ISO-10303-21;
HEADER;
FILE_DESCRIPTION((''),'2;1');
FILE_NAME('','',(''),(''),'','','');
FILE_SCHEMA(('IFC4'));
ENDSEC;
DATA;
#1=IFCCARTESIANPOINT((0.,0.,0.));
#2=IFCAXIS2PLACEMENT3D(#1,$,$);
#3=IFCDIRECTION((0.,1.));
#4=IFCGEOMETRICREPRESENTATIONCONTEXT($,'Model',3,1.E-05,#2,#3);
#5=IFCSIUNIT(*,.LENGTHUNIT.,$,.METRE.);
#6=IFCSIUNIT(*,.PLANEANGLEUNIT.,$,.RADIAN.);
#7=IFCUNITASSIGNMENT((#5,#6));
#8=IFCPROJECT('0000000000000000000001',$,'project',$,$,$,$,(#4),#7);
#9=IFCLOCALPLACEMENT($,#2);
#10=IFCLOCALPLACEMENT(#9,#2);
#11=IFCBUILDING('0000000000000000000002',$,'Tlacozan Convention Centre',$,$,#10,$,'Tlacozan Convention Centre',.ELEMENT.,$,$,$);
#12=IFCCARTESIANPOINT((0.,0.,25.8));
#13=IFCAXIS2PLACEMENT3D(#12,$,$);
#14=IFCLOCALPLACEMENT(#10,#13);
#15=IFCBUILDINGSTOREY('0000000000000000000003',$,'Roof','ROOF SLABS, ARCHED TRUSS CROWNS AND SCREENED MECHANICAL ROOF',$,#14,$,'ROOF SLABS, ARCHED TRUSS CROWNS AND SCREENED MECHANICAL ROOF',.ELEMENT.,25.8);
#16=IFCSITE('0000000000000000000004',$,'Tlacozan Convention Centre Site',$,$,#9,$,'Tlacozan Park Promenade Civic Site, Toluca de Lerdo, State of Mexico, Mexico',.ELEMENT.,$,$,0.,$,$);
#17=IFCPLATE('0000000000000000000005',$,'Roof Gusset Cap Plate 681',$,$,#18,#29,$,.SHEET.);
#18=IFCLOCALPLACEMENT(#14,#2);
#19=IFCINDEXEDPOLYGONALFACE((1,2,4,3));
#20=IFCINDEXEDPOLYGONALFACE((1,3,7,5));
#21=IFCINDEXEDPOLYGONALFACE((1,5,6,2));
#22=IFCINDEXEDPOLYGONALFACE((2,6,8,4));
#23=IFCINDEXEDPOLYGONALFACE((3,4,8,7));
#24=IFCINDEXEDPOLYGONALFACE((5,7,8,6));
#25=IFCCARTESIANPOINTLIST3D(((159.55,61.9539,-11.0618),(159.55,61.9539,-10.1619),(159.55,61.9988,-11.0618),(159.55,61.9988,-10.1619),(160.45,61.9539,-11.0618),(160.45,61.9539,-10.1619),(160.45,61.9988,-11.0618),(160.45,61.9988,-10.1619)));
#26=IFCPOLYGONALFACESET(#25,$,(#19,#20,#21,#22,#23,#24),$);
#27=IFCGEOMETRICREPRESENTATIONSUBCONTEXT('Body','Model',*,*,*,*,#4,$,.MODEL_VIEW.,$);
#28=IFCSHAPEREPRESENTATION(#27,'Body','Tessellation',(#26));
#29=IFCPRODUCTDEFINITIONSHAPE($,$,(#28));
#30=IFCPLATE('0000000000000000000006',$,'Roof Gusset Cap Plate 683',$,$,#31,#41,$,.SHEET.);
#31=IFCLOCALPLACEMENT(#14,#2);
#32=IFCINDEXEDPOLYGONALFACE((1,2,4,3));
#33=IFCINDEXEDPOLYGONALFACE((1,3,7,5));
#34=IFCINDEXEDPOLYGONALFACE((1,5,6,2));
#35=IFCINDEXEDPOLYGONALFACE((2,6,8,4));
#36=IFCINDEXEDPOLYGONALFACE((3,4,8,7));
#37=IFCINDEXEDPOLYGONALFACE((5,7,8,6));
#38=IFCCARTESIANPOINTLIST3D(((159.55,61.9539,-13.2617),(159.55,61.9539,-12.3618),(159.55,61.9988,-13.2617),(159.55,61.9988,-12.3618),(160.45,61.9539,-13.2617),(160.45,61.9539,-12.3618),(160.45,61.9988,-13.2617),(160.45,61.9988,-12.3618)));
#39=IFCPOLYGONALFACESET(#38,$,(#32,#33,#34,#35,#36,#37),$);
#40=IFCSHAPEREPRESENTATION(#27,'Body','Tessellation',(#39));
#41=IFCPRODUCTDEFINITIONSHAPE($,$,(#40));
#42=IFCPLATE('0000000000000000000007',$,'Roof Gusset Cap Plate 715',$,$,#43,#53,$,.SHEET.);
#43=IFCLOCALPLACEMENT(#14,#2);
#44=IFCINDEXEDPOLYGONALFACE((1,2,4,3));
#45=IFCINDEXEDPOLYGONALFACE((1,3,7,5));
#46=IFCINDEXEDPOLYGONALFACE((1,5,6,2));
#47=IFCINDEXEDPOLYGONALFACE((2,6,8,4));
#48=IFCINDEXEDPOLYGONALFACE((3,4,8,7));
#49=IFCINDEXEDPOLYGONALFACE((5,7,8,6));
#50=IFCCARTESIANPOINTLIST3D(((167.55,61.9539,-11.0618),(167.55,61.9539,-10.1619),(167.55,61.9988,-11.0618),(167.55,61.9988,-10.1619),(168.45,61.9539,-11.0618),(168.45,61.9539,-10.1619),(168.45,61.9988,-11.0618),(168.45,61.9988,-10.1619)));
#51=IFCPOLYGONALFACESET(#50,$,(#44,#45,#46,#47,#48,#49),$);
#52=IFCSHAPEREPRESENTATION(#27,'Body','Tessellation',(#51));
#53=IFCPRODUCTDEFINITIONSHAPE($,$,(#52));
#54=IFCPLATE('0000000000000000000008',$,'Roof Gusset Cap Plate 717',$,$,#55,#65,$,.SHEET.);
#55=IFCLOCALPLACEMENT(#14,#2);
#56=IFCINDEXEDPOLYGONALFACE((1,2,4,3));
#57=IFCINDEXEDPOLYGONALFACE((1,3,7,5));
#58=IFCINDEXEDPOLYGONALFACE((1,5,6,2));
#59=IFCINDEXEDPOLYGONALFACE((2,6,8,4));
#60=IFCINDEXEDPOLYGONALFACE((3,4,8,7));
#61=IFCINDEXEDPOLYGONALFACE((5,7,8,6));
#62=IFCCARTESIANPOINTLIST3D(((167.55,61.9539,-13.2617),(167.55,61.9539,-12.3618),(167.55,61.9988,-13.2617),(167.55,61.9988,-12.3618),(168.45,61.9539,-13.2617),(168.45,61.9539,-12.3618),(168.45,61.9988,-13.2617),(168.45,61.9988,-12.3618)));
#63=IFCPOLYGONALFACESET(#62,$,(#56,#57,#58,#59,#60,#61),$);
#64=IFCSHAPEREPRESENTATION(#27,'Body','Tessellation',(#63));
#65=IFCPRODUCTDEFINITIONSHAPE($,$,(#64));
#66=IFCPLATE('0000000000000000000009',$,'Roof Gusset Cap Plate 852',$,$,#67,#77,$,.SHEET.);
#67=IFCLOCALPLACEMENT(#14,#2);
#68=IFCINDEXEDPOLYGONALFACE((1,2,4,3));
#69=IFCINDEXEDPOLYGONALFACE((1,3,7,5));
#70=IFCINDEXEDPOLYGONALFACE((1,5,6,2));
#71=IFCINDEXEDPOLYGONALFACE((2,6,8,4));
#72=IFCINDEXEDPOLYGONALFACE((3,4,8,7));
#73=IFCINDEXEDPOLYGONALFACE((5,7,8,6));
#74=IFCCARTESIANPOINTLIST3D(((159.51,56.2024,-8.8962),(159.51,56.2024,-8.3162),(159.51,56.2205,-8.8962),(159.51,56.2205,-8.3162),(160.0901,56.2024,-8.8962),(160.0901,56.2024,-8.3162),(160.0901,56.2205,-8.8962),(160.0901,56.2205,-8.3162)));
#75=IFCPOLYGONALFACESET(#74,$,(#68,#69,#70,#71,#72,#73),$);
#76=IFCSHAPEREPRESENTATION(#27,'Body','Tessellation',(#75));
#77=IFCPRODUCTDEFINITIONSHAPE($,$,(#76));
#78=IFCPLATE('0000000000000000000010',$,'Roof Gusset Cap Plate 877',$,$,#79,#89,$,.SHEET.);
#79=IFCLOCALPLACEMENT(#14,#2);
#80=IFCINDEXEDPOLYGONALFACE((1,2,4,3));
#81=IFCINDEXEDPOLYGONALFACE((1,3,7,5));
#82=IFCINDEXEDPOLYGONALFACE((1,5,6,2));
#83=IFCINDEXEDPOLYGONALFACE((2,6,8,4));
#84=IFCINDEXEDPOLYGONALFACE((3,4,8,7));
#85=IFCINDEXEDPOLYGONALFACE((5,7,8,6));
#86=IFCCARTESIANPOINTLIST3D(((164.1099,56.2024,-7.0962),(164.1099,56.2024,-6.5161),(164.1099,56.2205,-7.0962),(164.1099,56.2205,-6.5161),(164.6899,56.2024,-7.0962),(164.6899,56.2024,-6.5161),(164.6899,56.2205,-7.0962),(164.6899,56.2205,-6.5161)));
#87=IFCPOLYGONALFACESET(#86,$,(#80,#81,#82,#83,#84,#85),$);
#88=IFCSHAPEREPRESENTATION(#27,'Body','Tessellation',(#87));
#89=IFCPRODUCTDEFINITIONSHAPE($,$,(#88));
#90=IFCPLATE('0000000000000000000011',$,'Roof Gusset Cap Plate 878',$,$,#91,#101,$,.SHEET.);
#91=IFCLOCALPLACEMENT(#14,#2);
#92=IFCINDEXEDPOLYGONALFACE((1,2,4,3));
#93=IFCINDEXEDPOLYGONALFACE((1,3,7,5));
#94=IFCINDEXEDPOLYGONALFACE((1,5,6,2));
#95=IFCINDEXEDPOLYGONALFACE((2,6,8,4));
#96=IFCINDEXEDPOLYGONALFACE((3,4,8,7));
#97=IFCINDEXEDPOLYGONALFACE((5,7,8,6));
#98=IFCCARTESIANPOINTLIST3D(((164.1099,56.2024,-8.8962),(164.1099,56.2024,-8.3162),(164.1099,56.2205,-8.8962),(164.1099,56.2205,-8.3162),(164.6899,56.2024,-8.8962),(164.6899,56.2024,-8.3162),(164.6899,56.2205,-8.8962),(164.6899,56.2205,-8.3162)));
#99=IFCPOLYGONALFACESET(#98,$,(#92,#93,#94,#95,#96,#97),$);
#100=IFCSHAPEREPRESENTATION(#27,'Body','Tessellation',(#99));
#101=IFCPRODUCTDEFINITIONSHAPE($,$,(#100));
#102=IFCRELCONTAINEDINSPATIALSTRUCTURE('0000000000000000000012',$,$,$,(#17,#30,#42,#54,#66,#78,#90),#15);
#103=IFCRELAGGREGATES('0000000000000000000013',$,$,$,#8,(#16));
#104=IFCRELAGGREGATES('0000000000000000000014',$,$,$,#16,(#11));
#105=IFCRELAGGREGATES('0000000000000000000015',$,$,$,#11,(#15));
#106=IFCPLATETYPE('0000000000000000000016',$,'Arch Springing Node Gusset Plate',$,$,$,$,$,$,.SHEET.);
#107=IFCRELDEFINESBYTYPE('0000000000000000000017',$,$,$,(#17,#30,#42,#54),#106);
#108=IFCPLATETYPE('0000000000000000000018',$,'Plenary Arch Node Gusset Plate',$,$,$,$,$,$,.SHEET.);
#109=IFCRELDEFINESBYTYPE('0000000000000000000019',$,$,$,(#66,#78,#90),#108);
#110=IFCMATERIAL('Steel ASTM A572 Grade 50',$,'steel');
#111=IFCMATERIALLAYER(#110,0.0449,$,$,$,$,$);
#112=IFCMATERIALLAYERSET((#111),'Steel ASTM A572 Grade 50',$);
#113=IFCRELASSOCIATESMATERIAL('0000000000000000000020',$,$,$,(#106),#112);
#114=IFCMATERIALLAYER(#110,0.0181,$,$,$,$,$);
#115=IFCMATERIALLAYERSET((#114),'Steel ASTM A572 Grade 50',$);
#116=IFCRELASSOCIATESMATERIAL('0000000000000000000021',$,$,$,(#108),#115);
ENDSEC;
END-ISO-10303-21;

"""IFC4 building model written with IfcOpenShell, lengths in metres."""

from ifc_helpers import new_model, si_unit, direction, frame, origin, origin_2d, place, context, subcontext, project, spatial, rectangle, extrude, material, layer, layer_set, type_object, element, save


model = new_model("IFC4")

# Units and contexts
model_context = context("Model", 3, precision=1e-05, world=origin(), true_north=direction((0.0, 1.0)))
body_context = subcontext(model_context, "Body", "Model", "MODEL_VIEW")
ifc_project = project(units=[si_unit("LENGTHUNIT", "METRE"), si_unit("PLANEANGLEUNIT", "RADIAN")], contexts=[model_context])

# Site, building, storey
site_placement = place(None, origin())
site = spatial("IfcSite", under=ifc_project, at=site_placement, Name="Tlacozan Convention Centre Site", LongName="Tlacozan Park Promenade Civic Site, Toluca de Lerdo, State of Mexico, Mexico", CompositionType="ELEMENT", RefElevation=0.0)
building_placement = place(site_placement, origin())
building = spatial("IfcBuilding", under=site, at=building_placement, Name="Tlacozan Convention Centre", LongName="Tlacozan Convention Centre", CompositionType="ELEMENT")
storey_placement = place(building_placement, frame((0.0, 0.0, 25.8)))
storey = spatial("IfcBuildingStorey", under=building, at=storey_placement, Name="Roof", Description="ROOF SLABS, ARCHED TRUSS CROWNS AND SCREENED MECHANICAL ROOF", LongName="ROOF SLABS, ARCHED TRUSS CROWNS AND SCREENED MECHANICAL ROOF", CompositionType="ELEMENT", Elevation=25.8)

# Plates
ifc_material_1 = material(Name="Steel ASTM A572 Grade 50", Category="steel")
ifc_layer_1 = layer(ifc_material_1, 0.0449)
ifc_layer_set_1 = layer_set([ifc_layer_1], Name="Steel ASTM A572 Grade 50")
plate_type_1 = type_object("IfcPlateType", Name="Arch Springing Node Gusset Plate", PredefinedType="SHEET", material=ifc_layer_set_1)
for number, where, z_axis, x_axis, name in (
    (1, (160.0, 61.9763, -11.0618), (0.0, 0.0, 1.0), (0.0, 1.0, 0.0), "Roof Gusset Cap Plate 681"),
    (2, (160.0, 61.9763, -13.2617), (0.0, 0.0, 1.0), (0.0, 1.0, 0.0), "Roof Gusset Cap Plate 683"),
    (3, (168.0, 61.9763, -11.0618), (0.0, 0.0, 1.0), (0.0, 1.0, 0.0), "Roof Gusset Cap Plate 715"),
    (4, (168.0, 61.9763, -13.2617), (0.0, 0.0, 1.0), (0.0, 1.0, 0.0), "Roof Gusset Cap Plate 717"),
):
    element("IfcPlate", number, at=place(storey_placement, frame(where, z_axis=z_axis, x_axis=x_axis)), inside=storey, type_object=plate_type_1, Name=name, PredefinedType="SHEET", context=body_context, shape_type="SweptSolid", body=[
        extrude(rectangle(XDim=0.0449, YDim=0.8999, at=origin_2d()), origin(), (0.0, 0.0, 1.0), 0.8999),
    ])
ifc_layer_2 = layer(ifc_material_1, 0.0181)
ifc_layer_set_2 = layer_set([ifc_layer_2], Name="Steel ASTM A572 Grade 50")
plate_type_2 = type_object("IfcPlateType", Name="Plenary Arch Node Gusset Plate", PredefinedType="SHEET", material=ifc_layer_set_2)
for number, where, z_axis, x_axis, name in (
    (5, (159.8, 56.2114, -8.8962), (0.0, 0.0, 1.0), (0.0, 1.0, 0.0), "Roof Gusset Cap Plate 852"),
    (6, (164.3999, 56.2114, -7.0962), (0.0, 0.0, 1.0), (0.0, 1.0, 0.0), "Roof Gusset Cap Plate 877"),
    (7, (164.3999, 56.2114, -8.8962), (0.0, 0.0, 1.0), (0.0, 1.0, 0.0), "Roof Gusset Cap Plate 878"),
):
    element("IfcPlate", number, at=place(storey_placement, frame(where, z_axis=z_axis, x_axis=x_axis)), inside=storey, type_object=plate_type_2, Name=name, PredefinedType="SHEET", context=body_context, shape_type="SweptSolid", body=[
        extrude(rectangle(XDim=0.0181, YDim=0.5801, at=origin_2d()), origin(), (0.0, 0.0, 1.0), 0.5801),
    ])

save(model, "model.ifc")
